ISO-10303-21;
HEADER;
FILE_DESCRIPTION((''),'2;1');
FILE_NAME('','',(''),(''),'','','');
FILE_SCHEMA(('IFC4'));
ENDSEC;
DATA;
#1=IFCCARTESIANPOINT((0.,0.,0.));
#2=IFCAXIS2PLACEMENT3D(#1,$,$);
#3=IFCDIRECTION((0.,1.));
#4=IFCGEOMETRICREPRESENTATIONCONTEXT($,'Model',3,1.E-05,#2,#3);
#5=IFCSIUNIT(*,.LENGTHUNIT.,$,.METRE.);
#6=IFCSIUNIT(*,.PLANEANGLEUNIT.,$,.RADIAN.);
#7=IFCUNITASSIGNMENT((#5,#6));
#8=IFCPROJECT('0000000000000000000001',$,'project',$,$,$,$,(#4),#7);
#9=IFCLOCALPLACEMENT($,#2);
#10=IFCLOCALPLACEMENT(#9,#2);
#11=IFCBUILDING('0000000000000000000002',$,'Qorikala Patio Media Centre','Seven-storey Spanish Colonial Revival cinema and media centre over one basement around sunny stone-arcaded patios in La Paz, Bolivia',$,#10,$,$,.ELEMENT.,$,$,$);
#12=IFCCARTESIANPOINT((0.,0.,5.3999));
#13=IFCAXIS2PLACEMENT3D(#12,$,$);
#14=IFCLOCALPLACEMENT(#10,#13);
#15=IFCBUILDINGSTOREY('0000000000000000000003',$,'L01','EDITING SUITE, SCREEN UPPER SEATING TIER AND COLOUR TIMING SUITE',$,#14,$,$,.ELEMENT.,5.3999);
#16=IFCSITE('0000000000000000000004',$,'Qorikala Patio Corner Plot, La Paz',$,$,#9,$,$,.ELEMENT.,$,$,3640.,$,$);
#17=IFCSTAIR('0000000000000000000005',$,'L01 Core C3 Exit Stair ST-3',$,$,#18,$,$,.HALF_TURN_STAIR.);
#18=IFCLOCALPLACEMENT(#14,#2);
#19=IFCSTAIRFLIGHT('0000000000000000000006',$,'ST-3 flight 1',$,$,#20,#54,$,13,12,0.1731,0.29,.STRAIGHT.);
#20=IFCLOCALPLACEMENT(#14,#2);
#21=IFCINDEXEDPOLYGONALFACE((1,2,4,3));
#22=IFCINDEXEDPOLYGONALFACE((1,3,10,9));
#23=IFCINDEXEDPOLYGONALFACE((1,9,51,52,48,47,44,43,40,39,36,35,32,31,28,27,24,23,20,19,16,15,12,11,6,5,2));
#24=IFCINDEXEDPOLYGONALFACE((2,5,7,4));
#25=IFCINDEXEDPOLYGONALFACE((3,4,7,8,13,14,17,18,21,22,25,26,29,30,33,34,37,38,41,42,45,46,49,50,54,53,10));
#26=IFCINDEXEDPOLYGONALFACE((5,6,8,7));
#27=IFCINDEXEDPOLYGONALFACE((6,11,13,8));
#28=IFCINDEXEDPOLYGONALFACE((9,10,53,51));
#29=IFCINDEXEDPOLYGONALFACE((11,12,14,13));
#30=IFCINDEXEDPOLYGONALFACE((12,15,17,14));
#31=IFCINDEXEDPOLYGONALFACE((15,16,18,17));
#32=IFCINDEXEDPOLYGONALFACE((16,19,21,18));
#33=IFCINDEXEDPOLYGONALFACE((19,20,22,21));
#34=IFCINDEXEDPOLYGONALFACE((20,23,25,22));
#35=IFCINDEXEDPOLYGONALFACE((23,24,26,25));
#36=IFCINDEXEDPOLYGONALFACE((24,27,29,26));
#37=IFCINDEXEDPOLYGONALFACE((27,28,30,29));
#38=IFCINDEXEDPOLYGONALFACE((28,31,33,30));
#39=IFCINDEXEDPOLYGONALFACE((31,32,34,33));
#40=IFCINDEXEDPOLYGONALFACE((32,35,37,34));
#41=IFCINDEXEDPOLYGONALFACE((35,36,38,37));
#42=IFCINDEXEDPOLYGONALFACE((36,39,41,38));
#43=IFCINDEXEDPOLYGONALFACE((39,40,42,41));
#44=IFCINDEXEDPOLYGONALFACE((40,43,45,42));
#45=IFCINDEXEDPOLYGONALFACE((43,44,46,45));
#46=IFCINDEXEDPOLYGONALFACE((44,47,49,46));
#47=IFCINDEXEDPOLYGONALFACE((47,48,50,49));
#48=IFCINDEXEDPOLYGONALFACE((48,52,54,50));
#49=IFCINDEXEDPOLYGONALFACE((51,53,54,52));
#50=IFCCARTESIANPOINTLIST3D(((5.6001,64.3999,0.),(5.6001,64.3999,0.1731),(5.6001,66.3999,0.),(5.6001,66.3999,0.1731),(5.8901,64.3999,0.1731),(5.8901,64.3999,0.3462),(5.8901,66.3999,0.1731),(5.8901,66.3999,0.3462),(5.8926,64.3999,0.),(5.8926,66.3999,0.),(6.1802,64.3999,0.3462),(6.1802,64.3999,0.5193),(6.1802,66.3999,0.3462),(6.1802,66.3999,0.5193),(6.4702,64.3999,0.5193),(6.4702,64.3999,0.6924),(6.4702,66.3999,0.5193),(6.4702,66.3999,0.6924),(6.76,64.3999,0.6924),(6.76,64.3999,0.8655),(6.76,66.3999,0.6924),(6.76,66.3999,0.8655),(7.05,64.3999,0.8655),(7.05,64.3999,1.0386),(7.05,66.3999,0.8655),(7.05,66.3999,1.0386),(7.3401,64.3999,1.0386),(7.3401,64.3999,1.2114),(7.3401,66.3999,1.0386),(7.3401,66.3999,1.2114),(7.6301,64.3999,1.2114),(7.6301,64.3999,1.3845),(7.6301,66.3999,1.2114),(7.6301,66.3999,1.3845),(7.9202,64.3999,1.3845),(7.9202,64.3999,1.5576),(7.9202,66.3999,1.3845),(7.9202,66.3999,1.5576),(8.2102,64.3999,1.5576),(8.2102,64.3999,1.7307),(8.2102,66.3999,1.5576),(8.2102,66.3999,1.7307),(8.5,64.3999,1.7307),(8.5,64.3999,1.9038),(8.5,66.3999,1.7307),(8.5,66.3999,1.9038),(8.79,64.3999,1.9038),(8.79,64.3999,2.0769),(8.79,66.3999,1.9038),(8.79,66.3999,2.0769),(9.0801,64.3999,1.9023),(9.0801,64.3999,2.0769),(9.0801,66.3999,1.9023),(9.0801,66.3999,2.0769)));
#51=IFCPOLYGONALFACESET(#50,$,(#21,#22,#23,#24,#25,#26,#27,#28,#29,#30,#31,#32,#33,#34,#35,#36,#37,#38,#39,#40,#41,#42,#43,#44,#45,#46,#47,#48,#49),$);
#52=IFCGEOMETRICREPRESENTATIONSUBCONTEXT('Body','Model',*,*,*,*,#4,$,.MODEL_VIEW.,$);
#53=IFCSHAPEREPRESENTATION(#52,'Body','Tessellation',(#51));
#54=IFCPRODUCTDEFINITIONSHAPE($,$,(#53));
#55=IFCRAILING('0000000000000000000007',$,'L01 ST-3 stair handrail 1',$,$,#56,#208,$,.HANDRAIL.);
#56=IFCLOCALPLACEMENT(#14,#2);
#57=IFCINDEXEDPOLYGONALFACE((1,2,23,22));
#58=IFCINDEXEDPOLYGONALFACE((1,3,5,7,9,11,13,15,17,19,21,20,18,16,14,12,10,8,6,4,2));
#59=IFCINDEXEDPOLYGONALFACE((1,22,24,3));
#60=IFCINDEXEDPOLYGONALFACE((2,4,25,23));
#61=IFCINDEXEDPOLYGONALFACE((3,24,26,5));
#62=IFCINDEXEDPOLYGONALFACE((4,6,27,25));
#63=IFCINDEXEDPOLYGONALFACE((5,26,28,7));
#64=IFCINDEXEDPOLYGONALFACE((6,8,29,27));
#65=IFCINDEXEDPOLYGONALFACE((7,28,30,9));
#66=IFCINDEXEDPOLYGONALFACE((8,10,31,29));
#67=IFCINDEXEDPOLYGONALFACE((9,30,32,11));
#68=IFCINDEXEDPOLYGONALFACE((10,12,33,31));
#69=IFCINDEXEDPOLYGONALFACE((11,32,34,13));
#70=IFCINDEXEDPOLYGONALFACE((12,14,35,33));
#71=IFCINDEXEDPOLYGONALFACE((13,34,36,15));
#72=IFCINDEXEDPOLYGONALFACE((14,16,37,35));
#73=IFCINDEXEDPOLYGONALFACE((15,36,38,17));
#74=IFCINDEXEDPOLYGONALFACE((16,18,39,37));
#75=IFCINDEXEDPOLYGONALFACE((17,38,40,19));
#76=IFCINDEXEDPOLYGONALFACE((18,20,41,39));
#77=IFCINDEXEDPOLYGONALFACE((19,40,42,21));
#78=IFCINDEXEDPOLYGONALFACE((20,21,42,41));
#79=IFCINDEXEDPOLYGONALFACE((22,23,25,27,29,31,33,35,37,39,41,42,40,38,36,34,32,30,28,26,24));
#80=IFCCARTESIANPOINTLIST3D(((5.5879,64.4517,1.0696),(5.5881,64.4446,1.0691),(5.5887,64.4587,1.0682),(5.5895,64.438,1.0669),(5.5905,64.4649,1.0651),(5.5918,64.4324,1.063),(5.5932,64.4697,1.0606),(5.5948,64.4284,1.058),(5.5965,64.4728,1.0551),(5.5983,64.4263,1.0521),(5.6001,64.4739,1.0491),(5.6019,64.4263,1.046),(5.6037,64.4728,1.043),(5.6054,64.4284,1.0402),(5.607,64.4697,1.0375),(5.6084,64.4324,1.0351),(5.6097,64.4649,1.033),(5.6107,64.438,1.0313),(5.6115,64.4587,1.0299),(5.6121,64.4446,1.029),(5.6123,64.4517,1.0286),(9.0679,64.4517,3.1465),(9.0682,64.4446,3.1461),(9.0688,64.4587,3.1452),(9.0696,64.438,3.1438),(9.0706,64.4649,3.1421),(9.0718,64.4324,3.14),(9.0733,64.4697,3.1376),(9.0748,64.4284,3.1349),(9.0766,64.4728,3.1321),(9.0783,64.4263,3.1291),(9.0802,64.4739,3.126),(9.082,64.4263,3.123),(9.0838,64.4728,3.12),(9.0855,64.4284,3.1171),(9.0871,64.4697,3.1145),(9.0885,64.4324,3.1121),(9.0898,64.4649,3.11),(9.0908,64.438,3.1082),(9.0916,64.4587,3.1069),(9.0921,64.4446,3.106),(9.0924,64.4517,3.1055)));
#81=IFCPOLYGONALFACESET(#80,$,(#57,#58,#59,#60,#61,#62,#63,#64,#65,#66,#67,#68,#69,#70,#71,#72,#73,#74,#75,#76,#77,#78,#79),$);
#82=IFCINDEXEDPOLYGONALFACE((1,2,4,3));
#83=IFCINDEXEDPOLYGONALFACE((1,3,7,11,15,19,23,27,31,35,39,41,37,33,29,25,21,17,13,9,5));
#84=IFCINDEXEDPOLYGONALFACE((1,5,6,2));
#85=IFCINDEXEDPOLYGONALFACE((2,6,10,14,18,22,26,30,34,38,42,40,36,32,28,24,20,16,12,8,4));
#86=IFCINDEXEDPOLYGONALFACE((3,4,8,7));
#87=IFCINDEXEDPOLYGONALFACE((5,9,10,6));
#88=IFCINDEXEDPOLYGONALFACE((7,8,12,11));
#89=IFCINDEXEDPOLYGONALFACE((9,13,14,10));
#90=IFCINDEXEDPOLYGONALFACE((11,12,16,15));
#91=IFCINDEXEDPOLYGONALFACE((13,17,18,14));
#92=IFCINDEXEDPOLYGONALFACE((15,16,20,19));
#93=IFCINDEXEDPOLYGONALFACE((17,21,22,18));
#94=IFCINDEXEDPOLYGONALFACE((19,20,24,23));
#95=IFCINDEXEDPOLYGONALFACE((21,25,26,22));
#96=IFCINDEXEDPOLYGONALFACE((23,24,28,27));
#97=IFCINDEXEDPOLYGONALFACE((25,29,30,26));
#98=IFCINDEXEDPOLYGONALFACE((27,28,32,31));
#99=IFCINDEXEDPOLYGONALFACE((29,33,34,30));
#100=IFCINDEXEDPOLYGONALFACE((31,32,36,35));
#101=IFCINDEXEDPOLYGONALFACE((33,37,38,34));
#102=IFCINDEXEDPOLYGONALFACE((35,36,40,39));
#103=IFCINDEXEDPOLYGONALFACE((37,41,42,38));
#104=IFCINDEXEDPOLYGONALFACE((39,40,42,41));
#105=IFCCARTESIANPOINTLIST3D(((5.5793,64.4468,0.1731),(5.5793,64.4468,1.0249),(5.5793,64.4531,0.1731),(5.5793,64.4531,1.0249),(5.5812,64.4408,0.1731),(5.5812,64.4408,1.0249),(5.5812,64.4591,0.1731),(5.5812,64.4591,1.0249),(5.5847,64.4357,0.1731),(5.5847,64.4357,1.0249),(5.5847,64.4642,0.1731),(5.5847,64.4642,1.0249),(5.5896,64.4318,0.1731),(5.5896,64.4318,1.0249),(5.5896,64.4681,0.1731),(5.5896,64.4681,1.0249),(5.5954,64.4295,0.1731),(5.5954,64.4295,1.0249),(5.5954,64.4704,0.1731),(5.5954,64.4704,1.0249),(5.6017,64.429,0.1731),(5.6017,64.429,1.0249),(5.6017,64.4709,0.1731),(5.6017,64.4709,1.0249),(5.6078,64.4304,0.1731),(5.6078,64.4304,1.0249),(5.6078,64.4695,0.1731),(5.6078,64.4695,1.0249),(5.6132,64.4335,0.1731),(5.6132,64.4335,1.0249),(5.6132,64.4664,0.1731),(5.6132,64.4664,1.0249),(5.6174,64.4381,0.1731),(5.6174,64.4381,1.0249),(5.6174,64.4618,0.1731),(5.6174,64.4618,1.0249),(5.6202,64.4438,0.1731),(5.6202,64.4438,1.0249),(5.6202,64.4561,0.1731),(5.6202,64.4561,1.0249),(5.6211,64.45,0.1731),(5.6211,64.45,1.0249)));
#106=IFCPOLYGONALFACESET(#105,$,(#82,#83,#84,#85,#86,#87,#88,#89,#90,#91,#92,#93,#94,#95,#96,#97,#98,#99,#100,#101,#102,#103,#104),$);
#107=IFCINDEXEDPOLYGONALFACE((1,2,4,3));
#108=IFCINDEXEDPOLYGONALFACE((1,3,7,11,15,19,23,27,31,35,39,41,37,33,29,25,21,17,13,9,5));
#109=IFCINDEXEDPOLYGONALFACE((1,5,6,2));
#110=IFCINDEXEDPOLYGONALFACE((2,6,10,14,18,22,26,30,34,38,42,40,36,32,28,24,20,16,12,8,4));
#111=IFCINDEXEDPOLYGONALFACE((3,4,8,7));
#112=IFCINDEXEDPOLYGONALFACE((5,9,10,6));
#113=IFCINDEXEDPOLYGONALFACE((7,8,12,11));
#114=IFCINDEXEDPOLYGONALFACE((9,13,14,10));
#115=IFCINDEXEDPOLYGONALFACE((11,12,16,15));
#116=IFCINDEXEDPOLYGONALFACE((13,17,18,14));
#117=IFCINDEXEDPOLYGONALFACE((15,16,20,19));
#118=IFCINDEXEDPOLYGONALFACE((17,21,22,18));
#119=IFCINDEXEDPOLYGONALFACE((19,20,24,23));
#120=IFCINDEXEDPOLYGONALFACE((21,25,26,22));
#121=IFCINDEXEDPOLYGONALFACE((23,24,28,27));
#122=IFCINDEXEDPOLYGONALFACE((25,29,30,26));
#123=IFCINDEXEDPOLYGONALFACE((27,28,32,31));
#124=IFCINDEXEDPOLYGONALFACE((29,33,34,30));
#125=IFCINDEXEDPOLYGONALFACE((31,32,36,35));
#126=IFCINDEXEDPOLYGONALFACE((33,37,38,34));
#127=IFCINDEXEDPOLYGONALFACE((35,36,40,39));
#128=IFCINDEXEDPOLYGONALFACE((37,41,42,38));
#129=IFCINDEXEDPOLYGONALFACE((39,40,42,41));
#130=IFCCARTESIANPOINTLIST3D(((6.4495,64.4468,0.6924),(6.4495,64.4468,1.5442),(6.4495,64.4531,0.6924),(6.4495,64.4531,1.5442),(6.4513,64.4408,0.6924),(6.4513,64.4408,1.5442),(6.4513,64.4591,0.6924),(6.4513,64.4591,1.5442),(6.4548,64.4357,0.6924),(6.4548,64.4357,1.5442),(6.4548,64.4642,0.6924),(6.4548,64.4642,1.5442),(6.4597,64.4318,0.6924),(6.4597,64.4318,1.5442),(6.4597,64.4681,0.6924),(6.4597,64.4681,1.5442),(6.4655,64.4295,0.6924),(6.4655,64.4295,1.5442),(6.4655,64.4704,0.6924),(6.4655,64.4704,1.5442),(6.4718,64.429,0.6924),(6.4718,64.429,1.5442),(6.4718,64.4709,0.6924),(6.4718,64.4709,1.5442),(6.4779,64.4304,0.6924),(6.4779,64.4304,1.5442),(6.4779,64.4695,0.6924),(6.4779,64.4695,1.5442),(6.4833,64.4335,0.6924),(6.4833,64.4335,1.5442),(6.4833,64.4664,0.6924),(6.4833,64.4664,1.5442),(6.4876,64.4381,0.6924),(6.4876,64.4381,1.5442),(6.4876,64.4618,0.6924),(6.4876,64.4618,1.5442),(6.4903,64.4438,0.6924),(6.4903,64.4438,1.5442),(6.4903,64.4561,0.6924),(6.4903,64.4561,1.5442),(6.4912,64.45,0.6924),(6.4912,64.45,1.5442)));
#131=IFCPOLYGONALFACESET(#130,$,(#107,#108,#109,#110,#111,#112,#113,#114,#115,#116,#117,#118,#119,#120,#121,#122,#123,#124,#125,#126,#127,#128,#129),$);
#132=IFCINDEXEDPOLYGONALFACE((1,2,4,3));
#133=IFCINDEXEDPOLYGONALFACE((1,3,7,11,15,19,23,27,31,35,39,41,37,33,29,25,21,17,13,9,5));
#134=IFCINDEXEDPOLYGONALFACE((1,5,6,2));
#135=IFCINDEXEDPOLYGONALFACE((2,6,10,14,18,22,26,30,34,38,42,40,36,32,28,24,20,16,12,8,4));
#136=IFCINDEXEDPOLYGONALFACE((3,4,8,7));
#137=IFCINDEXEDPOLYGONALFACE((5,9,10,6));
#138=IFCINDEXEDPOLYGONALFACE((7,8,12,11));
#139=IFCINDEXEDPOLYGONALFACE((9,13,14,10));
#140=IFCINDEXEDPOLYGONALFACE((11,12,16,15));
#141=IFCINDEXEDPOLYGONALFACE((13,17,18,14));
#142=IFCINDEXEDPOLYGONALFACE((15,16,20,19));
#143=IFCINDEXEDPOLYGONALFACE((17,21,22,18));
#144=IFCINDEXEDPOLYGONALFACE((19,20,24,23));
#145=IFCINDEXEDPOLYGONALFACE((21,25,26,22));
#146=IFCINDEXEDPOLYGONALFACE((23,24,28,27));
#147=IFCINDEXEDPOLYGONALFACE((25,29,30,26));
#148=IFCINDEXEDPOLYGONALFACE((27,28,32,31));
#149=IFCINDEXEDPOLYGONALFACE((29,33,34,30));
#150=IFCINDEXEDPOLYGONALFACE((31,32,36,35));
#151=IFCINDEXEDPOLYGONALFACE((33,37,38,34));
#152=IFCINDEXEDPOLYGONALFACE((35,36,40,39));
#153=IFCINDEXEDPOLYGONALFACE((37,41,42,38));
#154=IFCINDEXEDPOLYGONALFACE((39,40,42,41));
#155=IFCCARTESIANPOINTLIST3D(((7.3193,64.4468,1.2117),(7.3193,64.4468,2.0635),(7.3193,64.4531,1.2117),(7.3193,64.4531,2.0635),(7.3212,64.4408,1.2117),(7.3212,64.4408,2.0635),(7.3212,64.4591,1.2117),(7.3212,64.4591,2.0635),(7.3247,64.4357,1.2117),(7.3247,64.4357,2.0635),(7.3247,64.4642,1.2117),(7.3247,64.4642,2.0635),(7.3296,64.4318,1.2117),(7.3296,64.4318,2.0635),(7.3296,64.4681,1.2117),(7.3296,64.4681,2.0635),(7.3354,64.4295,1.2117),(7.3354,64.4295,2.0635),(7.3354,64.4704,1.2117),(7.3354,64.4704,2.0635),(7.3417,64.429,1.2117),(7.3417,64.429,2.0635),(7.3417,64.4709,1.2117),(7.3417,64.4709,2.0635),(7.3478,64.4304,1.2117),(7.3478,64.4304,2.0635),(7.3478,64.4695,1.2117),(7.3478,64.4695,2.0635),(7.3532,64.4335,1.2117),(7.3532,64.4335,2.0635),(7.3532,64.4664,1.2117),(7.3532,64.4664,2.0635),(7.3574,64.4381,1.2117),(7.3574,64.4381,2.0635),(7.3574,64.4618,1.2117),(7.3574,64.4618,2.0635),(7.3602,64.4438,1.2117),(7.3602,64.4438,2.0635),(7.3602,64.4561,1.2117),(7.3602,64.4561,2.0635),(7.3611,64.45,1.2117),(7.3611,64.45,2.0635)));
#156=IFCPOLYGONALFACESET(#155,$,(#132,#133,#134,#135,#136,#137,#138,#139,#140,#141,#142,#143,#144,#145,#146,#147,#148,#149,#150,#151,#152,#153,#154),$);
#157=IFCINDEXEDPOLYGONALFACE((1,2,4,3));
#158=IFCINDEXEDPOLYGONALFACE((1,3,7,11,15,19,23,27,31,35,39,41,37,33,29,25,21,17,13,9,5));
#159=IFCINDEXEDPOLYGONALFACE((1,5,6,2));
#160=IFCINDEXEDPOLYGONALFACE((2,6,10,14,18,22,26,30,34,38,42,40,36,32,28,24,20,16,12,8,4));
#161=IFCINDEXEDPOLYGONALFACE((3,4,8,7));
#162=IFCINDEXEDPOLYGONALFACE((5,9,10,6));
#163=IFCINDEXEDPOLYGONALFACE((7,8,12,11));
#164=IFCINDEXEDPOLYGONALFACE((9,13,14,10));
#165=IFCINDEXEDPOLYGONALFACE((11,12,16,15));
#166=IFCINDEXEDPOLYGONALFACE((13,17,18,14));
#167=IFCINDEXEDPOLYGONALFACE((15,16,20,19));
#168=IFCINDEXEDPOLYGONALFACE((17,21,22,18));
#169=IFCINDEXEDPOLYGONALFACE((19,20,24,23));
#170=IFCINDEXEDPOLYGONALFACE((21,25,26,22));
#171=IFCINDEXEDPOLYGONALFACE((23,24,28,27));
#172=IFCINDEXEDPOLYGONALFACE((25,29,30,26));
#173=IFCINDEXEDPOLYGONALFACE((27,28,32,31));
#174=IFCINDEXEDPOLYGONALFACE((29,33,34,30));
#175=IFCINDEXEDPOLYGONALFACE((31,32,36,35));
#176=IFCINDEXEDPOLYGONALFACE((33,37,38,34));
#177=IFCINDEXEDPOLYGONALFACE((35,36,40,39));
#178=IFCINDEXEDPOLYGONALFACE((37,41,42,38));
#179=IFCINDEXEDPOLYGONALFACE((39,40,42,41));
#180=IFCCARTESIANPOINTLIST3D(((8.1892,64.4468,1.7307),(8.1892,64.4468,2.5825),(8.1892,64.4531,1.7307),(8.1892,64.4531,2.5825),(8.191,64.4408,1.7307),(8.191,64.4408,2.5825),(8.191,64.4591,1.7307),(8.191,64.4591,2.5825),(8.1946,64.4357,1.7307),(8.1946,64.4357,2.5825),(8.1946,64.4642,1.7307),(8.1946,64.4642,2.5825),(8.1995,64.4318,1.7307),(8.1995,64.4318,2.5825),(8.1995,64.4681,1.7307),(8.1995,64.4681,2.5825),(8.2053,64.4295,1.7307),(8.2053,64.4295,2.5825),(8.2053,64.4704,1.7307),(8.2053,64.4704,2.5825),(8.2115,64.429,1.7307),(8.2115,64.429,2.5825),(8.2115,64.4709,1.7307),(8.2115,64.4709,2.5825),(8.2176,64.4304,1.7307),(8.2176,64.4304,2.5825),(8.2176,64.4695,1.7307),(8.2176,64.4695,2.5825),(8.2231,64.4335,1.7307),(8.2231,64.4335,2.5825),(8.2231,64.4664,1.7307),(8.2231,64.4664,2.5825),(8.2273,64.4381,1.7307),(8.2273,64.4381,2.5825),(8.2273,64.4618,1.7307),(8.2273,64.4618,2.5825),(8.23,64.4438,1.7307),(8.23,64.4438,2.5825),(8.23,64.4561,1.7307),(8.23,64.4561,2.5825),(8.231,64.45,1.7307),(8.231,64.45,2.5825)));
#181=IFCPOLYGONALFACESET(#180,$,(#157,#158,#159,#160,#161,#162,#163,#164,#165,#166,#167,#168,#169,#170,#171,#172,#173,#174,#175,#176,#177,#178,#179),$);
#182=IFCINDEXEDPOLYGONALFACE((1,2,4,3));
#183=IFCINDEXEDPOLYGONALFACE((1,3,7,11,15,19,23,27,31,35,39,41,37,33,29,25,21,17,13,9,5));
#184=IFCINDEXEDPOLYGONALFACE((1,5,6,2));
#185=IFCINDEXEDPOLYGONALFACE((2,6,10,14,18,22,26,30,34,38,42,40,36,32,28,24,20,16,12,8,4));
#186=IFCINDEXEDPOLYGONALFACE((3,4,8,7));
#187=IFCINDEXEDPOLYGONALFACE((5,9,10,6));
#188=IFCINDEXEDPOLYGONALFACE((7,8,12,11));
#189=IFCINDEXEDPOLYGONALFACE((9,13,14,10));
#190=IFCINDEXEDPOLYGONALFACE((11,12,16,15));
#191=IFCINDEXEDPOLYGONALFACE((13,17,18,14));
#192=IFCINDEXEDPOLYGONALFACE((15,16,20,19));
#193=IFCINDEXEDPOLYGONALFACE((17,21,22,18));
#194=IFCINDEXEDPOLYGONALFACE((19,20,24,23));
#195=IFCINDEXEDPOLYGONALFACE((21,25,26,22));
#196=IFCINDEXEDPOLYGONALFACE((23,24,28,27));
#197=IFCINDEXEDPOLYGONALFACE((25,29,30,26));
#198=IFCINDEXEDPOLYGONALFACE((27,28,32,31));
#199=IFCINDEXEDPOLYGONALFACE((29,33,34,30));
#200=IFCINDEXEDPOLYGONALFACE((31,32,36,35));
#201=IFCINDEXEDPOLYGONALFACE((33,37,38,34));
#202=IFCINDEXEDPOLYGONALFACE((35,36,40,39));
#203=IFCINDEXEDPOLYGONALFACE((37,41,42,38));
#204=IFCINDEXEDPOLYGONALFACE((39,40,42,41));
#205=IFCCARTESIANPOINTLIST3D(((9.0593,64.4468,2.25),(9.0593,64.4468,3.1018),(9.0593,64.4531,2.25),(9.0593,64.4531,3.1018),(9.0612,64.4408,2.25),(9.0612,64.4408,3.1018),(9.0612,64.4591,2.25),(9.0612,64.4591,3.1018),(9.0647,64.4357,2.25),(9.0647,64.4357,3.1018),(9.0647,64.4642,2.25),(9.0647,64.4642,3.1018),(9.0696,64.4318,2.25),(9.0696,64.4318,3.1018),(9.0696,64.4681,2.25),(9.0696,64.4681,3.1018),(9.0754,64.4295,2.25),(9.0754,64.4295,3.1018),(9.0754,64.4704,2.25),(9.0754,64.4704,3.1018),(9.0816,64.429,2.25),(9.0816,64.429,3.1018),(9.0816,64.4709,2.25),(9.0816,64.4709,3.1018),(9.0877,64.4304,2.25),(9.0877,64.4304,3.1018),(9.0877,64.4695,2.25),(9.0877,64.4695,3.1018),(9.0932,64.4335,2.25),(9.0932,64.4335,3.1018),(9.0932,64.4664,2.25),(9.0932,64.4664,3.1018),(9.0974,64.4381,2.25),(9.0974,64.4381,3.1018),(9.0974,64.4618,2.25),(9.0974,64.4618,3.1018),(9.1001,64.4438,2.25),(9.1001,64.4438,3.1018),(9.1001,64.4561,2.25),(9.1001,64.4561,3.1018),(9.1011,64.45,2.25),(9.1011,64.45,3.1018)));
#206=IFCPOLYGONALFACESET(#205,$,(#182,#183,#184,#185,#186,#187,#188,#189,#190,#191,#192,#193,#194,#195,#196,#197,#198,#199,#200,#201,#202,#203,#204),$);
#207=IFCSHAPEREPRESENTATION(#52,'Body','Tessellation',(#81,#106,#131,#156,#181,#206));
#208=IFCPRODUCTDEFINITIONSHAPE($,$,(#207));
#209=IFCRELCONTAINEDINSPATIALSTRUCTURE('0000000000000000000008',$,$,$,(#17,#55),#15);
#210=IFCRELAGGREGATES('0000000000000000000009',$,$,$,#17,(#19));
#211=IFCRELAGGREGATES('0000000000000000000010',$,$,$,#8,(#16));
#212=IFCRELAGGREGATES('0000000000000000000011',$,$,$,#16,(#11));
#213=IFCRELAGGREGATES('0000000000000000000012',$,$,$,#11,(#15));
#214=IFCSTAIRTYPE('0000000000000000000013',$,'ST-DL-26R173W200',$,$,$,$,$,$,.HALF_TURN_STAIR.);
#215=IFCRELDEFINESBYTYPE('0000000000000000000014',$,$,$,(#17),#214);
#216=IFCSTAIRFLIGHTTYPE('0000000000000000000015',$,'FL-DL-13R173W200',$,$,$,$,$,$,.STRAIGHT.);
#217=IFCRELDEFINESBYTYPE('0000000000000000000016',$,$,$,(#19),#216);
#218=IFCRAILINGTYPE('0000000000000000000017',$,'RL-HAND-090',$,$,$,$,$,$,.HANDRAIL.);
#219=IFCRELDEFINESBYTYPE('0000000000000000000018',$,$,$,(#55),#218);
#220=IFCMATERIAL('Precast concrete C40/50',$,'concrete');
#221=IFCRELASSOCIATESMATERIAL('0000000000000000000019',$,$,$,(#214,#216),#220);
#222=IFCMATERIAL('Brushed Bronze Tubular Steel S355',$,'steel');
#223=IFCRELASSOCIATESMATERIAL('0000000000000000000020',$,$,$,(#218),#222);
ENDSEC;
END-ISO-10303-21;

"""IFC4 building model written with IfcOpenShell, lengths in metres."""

from ifc_helpers import new_model, si_unit, direction, frame, origin, origin_2d, place, context, subcontext, project, spatial, polyline, circle, outline, extrude, material, type_object, element, aggregate, save


model = new_model("IFC4")

# Units and contexts
model_context = context("Model", 3, precision=1e-05, world=origin(), true_north=direction((0.0, 1.0)))
body_context = subcontext(model_context, "Body", "Model", "MODEL_VIEW")
ifc_project = project(units=[si_unit("LENGTHUNIT", "METRE"), si_unit("PLANEANGLEUNIT", "RADIAN")], contexts=[model_context])

# Site, building, storey
site_placement = place(None, origin())
site = spatial("IfcSite", under=ifc_project, at=site_placement, Name="Qorikala Patio Corner Plot, La Paz", CompositionType="ELEMENT", RefElevation=3640.0)
building_placement = place(site_placement, origin())
building = spatial("IfcBuilding", under=site, at=building_placement, Name="Qorikala Patio Media Centre", Description="Seven-storey Spanish Colonial Revival cinema and media centre over one basement around sunny stone-arcaded patios in La Paz, Bolivia", CompositionType="ELEMENT")
storey_placement = place(building_placement, frame((0.0, 0.0, 5.3999)))
storey = spatial("IfcBuildingStorey", under=building, at=storey_placement, Name="L01", Description="EDITING SUITE, SCREEN UPPER SEATING TIER AND COLOUR TIMING SUITE", CompositionType="ELEMENT", Elevation=5.3999)

# Stair, stair flight
ifc_material_1 = material(Name="Precast concrete C40/50", Category="concrete")
stair_type = type_object("IfcStairType", Name="ST-DL-26R173W200", PredefinedType="HALF_TURN_STAIR", material=ifc_material_1)
stair_placement = place(storey_placement, origin())
stair = element("IfcStair", 1, at=stair_placement, inside=storey, type_object=stair_type, Name="L01 Core C3 Exit Stair ST-3", PredefinedType="HALF_TURN_STAIR")
stair_flight_type = type_object("IfcStairFlightType", Name="FL-DL-13R173W200", PredefinedType="STRAIGHT", material=ifc_material_1)
stair_flight_placement = place(storey_placement, frame((5.6001, 65.3999, 0.0), z_axis=(0.0, 0.0, 1.0), x_axis=(1.0, 0.0, 0.0)))
stair_flight = element("IfcStairFlight", 2, at=stair_flight_placement, type_object=stair_flight_type, Name="ST-3 flight 1", NumberOfRisers=13, NumberOfTreads=12, PredefinedType="STRAIGHT", RiserHeight=0.1731, TreadLength=0.29, context=body_context, shape_type="SweptSolid", body=[
    extrude(outline(polyline([(0.0, 0.0), (0.0, 0.1731), (0.29, 0.1731), (0.29, 0.3462), (0.5801, 0.3462), (0.5801, 0.5193), (0.8701, 0.5193), (0.8701, 0.6924), (1.1599, 0.6924), (1.1599, 0.8655), (1.45, 0.8655), (1.45, 1.0386), (1.74, 1.0386), (1.74, 1.2114), (2.03, 1.2114), (2.03, 1.3845), (2.3201, 1.3845), (2.3201, 1.5576), (2.6101, 1.5576), (2.6101, 1.7307), (2.8999, 1.7307), (2.8999, 1.9038), (3.1899, 1.9038), (3.1899, 2.0769), (3.48, 2.0769), (3.48, 2.25), (3.48, 1.9023), (0.2925, 0.0), (0.0, 0.0)])), frame((0.0, 1.0, 0.0), z_axis=(0.0, -1.0, 0.0), x_axis=(1.0, 0.0, 0.0)), (0.0, 0.0, 1.0), 2.0),
])
aggregate(stair, [stair_flight])

# Railing
ifc_material_2 = material(Name="Brushed Bronze Tubular Steel S355", Category="steel")
railing_type = type_object("IfcRailingType", Name="RL-HAND-090", PredefinedType="HANDRAIL", material=ifc_material_2)
railing_placement = place(storey_placement, frame((5.6001, 64.45, 0.1731)))
element("IfcRailing", 3, at=railing_placement, inside=storey, type_object=railing_type, Name="L01 ST-3 stair handrail 1", PredefinedType="HANDRAIL", context=body_context, shape_type="SweptSolid", body=[
    extrude(circle(Radius=0.0239, at=origin_2d()), frame((0.0, 0.0, 0.876), z_axis=(0.858697, 0.0, 0.512483), x_axis=(0.0, 1.0, 0.0)), (0.0, 0.0, 1.0), 4.0527),
    extrude(circle(Radius=0.021, at=origin_2d()), origin(), (0.0, 0.0, 1.0), 0.8518),
    extrude(circle(Radius=0.021, at=origin_2d()), frame((0.8701, 0.0, 0.5193)), (0.0, 0.0, 1.0), 0.8518),
    extrude(circle(Radius=0.021, at=origin_2d()), frame((1.74, 0.0, 1.0386)), (0.0, 0.0, 1.0), 0.8518),
    extrude(circle(Radius=0.021, at=origin_2d()), frame((2.6099, 0.0, 1.5576)), (0.0, 0.0, 1.0), 0.8518),
    extrude(circle(Radius=0.021, at=origin_2d()), frame((3.48, 0.0, 2.0769)), (0.0, 0.0, 1.0), 0.8518),
])

save(model, "model.ifc")
